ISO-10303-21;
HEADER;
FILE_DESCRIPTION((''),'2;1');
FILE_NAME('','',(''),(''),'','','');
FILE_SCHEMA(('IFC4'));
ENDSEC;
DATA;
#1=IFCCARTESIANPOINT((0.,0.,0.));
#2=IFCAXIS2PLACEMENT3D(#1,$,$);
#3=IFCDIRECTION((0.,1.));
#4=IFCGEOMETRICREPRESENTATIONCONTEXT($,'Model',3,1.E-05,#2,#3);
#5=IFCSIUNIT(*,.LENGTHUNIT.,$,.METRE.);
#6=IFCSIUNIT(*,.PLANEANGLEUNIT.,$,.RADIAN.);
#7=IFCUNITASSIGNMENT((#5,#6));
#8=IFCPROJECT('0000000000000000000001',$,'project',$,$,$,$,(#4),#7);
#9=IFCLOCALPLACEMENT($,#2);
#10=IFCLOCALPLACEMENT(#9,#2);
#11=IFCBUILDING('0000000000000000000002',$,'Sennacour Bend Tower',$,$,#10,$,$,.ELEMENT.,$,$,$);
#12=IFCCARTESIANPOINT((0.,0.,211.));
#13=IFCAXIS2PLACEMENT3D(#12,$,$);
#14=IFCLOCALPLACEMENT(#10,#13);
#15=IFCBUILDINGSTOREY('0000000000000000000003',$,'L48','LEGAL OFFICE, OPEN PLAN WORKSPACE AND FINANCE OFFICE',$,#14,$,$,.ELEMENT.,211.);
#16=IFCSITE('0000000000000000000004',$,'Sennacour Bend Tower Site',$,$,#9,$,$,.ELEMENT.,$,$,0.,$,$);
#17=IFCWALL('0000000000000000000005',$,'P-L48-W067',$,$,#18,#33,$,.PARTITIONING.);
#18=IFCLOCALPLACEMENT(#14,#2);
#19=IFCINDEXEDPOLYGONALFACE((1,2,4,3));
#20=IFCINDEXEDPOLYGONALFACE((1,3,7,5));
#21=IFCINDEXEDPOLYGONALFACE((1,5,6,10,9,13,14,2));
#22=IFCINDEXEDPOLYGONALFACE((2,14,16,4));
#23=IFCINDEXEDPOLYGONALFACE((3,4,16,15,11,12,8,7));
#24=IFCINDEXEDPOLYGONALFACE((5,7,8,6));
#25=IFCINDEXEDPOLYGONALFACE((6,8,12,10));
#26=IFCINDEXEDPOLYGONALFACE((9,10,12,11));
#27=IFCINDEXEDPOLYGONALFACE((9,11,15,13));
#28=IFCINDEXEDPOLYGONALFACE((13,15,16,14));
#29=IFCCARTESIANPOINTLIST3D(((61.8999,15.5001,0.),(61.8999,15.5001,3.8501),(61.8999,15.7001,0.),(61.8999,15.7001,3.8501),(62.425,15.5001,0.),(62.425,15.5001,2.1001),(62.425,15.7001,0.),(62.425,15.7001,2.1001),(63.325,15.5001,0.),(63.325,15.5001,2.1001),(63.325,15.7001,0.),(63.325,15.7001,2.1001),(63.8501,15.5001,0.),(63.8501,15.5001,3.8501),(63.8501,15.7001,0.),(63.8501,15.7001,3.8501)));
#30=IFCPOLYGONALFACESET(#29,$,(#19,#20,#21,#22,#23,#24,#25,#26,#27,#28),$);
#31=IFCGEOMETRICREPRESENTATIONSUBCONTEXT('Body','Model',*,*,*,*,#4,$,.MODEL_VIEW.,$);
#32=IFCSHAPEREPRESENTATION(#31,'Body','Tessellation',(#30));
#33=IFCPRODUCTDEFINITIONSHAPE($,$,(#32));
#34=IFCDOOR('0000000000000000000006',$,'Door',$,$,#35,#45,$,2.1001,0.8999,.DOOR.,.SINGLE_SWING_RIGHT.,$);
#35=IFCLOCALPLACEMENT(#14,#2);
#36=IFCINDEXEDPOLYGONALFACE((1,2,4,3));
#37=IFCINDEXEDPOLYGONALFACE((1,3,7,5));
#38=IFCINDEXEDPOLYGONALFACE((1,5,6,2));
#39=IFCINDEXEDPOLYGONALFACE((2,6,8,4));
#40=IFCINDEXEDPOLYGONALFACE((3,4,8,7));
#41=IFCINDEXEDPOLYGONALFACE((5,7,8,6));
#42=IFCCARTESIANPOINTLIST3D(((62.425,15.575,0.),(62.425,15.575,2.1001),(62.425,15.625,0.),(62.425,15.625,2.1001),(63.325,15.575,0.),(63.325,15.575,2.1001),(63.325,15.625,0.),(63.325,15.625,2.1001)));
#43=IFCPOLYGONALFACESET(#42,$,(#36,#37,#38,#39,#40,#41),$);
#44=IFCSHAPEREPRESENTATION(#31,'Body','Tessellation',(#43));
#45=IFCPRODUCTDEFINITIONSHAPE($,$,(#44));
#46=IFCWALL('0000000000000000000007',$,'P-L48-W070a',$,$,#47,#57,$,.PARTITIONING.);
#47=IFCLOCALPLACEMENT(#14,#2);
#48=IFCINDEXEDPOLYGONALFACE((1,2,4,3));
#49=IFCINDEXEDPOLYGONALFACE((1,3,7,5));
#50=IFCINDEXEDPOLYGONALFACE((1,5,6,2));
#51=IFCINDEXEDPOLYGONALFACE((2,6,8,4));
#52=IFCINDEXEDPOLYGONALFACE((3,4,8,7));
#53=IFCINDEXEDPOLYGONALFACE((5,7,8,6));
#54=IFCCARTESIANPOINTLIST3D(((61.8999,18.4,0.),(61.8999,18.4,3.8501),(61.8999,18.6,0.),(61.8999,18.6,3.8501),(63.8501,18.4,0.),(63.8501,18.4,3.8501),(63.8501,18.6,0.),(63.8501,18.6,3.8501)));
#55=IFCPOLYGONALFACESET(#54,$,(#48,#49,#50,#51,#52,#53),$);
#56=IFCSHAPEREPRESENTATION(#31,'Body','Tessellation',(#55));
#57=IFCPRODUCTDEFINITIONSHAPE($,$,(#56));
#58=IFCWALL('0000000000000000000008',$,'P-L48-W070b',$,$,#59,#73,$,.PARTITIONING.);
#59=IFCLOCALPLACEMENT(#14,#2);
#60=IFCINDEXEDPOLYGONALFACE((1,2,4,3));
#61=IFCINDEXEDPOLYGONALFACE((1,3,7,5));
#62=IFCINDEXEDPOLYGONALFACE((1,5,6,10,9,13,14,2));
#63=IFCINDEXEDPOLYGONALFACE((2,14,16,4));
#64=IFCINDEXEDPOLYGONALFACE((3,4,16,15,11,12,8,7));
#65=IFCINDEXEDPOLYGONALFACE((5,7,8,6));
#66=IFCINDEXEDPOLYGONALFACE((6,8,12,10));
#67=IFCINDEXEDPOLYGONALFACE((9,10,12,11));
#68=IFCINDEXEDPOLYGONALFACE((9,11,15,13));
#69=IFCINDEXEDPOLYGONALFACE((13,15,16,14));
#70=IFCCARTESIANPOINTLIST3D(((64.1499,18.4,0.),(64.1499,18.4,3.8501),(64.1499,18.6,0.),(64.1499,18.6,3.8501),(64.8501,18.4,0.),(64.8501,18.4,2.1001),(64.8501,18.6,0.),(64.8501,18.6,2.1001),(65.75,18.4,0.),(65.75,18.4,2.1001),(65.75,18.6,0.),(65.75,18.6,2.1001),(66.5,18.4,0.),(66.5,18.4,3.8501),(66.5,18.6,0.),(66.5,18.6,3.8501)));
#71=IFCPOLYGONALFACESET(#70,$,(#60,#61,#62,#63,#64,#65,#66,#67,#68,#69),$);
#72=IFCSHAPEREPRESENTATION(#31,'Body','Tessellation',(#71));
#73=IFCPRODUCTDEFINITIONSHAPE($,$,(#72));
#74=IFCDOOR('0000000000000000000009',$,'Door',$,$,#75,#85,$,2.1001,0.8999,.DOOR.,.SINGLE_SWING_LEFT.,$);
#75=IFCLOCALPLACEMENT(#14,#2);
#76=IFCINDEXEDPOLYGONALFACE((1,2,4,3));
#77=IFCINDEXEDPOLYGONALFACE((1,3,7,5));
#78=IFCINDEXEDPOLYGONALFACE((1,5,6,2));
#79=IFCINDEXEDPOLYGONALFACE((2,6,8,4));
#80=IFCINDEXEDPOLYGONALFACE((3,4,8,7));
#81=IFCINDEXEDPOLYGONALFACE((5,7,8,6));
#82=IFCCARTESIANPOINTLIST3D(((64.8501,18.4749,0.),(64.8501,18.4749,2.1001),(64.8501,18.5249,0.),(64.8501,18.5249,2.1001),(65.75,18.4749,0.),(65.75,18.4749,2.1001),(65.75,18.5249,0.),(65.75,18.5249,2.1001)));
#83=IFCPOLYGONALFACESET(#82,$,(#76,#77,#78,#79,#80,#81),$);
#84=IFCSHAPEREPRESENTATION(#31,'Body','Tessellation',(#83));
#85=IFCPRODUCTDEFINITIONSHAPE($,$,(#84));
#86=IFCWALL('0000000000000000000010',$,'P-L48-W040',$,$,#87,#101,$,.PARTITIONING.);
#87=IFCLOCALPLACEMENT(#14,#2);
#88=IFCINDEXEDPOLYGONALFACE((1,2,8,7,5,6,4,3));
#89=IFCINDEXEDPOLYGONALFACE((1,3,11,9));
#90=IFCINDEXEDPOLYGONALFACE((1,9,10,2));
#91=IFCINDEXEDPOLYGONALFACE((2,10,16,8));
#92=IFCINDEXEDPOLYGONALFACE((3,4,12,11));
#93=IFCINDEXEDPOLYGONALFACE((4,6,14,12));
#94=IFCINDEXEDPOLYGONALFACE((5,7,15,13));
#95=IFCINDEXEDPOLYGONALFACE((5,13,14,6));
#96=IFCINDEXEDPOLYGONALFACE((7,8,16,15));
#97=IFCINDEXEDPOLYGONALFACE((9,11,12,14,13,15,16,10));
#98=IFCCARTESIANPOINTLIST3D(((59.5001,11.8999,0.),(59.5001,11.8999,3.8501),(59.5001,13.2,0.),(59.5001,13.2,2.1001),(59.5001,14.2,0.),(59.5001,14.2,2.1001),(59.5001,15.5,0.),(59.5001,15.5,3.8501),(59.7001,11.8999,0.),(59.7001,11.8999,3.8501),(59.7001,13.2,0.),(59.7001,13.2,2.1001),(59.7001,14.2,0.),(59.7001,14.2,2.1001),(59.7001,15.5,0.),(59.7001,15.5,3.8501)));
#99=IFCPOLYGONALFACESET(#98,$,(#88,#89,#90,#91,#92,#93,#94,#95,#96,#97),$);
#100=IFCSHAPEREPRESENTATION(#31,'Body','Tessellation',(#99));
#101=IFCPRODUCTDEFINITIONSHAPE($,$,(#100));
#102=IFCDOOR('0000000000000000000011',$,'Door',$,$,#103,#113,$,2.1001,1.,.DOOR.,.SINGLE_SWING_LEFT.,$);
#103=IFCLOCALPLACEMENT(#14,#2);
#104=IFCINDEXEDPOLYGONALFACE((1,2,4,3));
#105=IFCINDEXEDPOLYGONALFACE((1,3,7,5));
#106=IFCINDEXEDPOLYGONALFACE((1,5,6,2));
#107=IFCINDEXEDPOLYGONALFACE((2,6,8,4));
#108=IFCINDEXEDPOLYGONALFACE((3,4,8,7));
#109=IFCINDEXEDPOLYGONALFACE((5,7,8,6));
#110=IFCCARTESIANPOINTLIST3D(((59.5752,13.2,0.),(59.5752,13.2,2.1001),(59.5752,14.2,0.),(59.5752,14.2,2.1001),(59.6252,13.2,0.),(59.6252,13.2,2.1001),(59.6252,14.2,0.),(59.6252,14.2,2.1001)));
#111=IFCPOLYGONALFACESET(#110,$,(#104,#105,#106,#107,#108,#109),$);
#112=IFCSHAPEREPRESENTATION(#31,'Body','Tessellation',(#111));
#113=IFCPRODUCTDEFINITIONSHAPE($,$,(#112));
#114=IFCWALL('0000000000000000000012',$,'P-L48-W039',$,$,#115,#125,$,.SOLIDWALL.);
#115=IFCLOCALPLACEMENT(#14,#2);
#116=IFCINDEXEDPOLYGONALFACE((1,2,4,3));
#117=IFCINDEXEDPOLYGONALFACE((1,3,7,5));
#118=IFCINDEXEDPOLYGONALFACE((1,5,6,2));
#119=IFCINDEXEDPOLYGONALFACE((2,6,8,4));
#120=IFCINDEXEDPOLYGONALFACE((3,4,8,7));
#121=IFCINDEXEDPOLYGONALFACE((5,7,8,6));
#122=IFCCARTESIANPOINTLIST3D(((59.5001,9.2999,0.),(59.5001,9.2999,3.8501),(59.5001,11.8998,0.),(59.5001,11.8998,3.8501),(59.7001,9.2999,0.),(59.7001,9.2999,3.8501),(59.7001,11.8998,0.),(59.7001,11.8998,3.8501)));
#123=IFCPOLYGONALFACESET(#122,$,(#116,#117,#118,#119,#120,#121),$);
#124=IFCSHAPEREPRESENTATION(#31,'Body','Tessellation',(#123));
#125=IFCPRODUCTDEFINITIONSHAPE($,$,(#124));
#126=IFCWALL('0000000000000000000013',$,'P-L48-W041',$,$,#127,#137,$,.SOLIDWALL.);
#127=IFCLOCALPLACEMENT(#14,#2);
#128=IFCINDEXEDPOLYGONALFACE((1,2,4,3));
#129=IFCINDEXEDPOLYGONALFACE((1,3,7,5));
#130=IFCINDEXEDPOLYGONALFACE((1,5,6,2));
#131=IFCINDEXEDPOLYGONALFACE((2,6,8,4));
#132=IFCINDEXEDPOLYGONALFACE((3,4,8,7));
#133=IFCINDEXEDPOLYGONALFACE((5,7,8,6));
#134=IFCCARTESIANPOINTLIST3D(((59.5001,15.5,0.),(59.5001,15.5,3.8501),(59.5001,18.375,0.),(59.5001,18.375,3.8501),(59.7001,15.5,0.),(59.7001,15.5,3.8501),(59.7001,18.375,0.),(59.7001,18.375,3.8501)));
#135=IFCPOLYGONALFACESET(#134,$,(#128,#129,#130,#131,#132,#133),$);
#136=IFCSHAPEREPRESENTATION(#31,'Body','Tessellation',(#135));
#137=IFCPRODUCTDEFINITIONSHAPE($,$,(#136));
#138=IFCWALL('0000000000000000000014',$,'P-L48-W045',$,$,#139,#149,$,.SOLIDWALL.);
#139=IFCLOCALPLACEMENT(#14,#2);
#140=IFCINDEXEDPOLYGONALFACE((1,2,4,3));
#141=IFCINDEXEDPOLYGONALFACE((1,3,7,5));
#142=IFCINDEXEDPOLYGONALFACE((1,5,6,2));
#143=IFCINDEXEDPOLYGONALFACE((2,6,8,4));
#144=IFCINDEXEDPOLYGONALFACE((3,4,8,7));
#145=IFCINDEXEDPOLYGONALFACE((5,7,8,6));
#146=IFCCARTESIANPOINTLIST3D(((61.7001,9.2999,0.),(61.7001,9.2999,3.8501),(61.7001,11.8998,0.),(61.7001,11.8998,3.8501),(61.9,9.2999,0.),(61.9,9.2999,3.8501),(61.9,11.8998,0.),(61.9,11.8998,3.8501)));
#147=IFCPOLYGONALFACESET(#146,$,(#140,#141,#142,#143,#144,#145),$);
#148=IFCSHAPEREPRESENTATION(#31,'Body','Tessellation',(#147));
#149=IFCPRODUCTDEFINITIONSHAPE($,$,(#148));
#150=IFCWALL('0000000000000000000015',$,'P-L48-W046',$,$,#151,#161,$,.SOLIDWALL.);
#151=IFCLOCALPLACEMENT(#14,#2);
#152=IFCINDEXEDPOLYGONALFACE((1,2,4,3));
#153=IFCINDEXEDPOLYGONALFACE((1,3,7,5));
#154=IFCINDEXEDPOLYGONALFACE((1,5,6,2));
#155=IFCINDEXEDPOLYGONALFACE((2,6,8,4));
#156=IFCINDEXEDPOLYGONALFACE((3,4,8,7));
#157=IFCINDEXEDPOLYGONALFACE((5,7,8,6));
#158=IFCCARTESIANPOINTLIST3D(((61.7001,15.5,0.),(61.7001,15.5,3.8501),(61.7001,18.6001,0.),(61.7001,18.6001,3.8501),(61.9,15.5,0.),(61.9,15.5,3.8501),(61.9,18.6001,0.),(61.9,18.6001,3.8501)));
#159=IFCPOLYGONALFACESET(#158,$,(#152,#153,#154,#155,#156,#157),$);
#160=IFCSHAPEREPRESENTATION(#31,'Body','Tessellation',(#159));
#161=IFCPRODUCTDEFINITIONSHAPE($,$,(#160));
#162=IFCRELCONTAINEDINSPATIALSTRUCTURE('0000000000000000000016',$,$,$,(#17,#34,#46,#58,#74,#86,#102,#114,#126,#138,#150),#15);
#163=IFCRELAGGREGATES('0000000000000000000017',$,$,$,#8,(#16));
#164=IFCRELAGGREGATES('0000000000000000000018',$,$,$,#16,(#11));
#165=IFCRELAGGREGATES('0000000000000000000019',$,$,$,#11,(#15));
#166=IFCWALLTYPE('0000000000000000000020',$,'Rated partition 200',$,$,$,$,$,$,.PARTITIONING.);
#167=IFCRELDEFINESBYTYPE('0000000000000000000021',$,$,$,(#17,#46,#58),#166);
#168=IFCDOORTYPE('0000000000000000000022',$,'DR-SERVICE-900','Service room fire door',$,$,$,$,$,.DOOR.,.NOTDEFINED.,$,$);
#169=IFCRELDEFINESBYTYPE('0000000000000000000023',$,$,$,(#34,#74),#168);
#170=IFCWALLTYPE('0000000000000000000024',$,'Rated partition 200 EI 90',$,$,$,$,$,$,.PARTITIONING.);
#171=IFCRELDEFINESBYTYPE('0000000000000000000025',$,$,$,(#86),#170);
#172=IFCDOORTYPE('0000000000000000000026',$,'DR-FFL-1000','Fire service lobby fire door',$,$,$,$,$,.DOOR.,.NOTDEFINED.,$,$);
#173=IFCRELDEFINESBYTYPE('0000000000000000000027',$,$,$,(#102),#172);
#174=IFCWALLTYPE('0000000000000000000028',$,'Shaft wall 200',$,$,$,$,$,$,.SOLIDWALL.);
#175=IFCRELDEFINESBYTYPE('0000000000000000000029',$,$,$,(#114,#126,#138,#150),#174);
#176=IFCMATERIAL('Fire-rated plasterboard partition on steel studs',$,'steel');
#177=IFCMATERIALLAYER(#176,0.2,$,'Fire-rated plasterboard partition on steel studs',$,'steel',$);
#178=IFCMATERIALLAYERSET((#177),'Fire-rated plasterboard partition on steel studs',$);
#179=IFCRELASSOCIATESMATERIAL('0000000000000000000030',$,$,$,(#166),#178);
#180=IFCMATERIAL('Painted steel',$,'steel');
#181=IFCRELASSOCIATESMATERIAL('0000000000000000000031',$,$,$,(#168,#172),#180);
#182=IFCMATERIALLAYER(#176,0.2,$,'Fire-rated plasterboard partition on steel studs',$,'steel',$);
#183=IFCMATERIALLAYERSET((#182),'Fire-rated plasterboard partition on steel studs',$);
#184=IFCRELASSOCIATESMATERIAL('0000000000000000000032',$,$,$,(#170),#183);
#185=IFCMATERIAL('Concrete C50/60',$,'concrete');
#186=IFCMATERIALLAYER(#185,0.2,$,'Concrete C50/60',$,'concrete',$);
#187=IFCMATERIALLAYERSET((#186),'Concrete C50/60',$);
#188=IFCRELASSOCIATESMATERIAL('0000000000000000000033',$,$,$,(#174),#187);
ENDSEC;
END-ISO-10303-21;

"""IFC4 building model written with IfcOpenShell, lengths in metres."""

from ifc_helpers import new_model, si_unit, direction, frame, frame_2d, origin, place, context, subcontext, project, spatial, rectangle, extrude, material, layer, layer_set, type_object, element, fill, save


model = new_model("IFC4")

# Units and contexts
model_context = context("Model", 3, precision=1e-05, world=origin(), true_north=direction((0.0, 1.0)))
body_context = subcontext(model_context, "Body", "Model", "MODEL_VIEW")
ifc_project = project(units=[si_unit("LENGTHUNIT", "METRE"), si_unit("PLANEANGLEUNIT", "RADIAN")], contexts=[model_context])

# Site, building, storey
site_placement = place(None, origin())
site = spatial("IfcSite", under=ifc_project, at=site_placement, Name="Sennacour Bend Tower Site", CompositionType="ELEMENT", RefElevation=0.0)
building_placement = place(site_placement, origin())
building = spatial("IfcBuilding", under=site, at=building_placement, Name="Sennacour Bend Tower", CompositionType="ELEMENT")
storey_placement = place(building_placement, frame((0.0, 0.0, 211.0)))
storey = spatial("IfcBuildingStorey", under=building, at=storey_placement, Name="L48", Description="LEGAL OFFICE, OPEN PLAN WORKSPACE AND FINANCE OFFICE", CompositionType="ELEMENT", Elevation=211.0)

# Wall, opening, door
ifc_material_1 = material(Name="Fire-rated plasterboard partition on steel studs", Category="steel")
ifc_layer_1 = layer(ifc_material_1, 0.2, Name="Fire-rated plasterboard partition on steel studs", Category="steel")
ifc_layer_set_1 = layer_set([ifc_layer_1], Name="Fire-rated plasterboard partition on steel studs")
wall_type_1 = type_object("IfcWallType", Name="Rated partition 200", PredefinedType="PARTITIONING", material=ifc_layer_set_1)
wall_1_placement = place(storey_placement, frame((61.8999, 15.6001, 0.0), z_axis=(0.0, 0.0, 1.0), x_axis=(1.0, 0.0, 0.0)))
wall_1 = element("IfcWall", 1, at=wall_1_placement, inside=storey, type_object=wall_type_1, Name="P-L48-W067", PredefinedType="PARTITIONING", context=body_context, shape_type="SweptSolid", body=[
    extrude(rectangle(XDim=1.9502, YDim=0.2, at=frame_2d((0.9751, 0.0))), origin(), (0.0, 0.0, 1.0), 3.8501),
])
opening_1_placement = place(wall_1_placement, frame((0.5251, 0.0, 0.0)))
opening_1 = element("IfcOpeningElement", 2, at=opening_1_placement, cuts=wall_1, PredefinedType="OPENING", context=body_context, shape_type="SweptSolid", body=[
    extrude(rectangle(XDim=0.8999, YDim=2.1001, at=frame_2d((0.45, 1.05))), frame((0.0, 0.1099, 0.0), z_axis=(0.0, -1.0, 0.0), x_axis=(1.0, 0.0, 0.0)), (0.0, 0.0, 1.0), 0.22),
])
ifc_material_2 = material(Name="Painted steel", Category="steel")
door_type_1 = type_object("IfcDoorType", Name="DR-SERVICE-900", Description="Service room fire door", OperationType="NOTDEFINED", PredefinedType="DOOR", material=ifc_material_2)
door_1_placement = place(opening_1_placement, origin())
door_1 = element("IfcDoor", 3, at=door_1_placement, inside=storey, type_object=door_type_1, Name="Door", OperationType="SINGLE_SWING_RIGHT", OverallHeight=2.1001, OverallWidth=0.8999, PredefinedType="DOOR", context=body_context, shape_type="SweptSolid", body=[
    extrude(rectangle(XDim=0.8999, YDim=2.1001, at=frame_2d((0.45, 1.05))), frame((0.0, 0.0249, 0.0), z_axis=(0.0, -1.0, 0.0), x_axis=(1.0, 0.0, 0.0)), (0.0, 0.0, 1.0), 0.05),
])
fill(opening_1, door_1)

# Wall
wall_2_placement = place(storey_placement, frame((61.8999, 18.5, 0.0), z_axis=(0.0, 0.0, 1.0), x_axis=(1.0, 0.0, 0.0)))
element("IfcWall", 4, at=wall_2_placement, inside=storey, type_object=wall_type_1, Name="P-L48-W070a", PredefinedType="PARTITIONING", context=body_context, shape_type="SweptSolid", body=[
    extrude(rectangle(XDim=1.9502, YDim=0.2, at=frame_2d((0.9751, 0.0))), origin(), (0.0, 0.0, 1.0), 3.8501),
])

# Walls, openings, doors
wall_3_placement = place(storey_placement, frame((64.1499, 18.5, 0.0), z_axis=(0.0, 0.0, 1.0), x_axis=(1.0, 0.0, 0.0)))
wall_3 = element("IfcWall", 5, at=wall_3_placement, inside=storey, type_object=wall_type_1, Name="P-L48-W070b", PredefinedType="PARTITIONING", context=body_context, shape_type="SweptSolid", body=[
    extrude(rectangle(XDim=2.3501, YDim=0.2, at=frame_2d((1.175, 0.0))), origin(), (0.0, 0.0, 1.0), 3.8501),
])
opening_2_placement = place(wall_3_placement, frame((0.7002, 0.0, 0.0)))
opening_2 = element("IfcOpeningElement", 6, at=opening_2_placement, cuts=wall_3, PredefinedType="OPENING", context=body_context, shape_type="SweptSolid", body=[
    extrude(rectangle(XDim=0.8999, YDim=2.1001, at=frame_2d((0.45, 1.05))), frame((0.0, 0.1099, 0.0), z_axis=(0.0, -1.0, 0.0), x_axis=(1.0, 0.0, 0.0)), (0.0, 0.0, 1.0), 0.22),
])
door_2_placement = place(opening_2_placement, origin())
door_2 = element("IfcDoor", 7, at=door_2_placement, inside=storey, type_object=door_type_1, Name="Door", OperationType="SINGLE_SWING_LEFT", OverallHeight=2.1001, OverallWidth=0.8999, PredefinedType="DOOR", context=body_context, shape_type="SweptSolid", body=[
    extrude(rectangle(XDim=0.8999, YDim=2.1001, at=frame_2d((0.45, 1.05))), frame((0.0, 0.0249, 0.0), z_axis=(0.0, -1.0, 0.0), x_axis=(1.0, 0.0, 0.0)), (0.0, 0.0, 1.0), 0.05),
])
fill(opening_2, door_2)
ifc_layer_2 = layer(ifc_material_1, 0.2, Name="Fire-rated plasterboard partition on steel studs", Category="steel")
ifc_layer_set_2 = layer_set([ifc_layer_2], Name="Fire-rated plasterboard partition on steel studs")
wall_type_2 = type_object("IfcWallType", Name="Rated partition 200 EI 90", PredefinedType="PARTITIONING", material=ifc_layer_set_2)
wall_4_placement = place(storey_placement, frame((59.6001, 11.8999, 0.0), z_axis=(0.0, 0.0, 1.0), x_axis=(0.0, 1.0, 0.0)))
wall_4 = element("IfcWall", 8, at=wall_4_placement, inside=storey, type_object=wall_type_2, Name="P-L48-W040", PredefinedType="PARTITIONING", context=body_context, shape_type="SweptSolid", body=[
    extrude(rectangle(XDim=3.6001, YDim=0.2, at=frame_2d((1.8, 0.0))), origin(), (0.0, 0.0, 1.0), 3.8501),
])
opening_3_placement = place(wall_4_placement, frame((1.3, 0.0, 0.0)))
opening_3 = element("IfcOpeningElement", 9, at=opening_3_placement, cuts=wall_4, PredefinedType="OPENING", context=body_context, shape_type="SweptSolid", body=[
    extrude(rectangle(XDim=1.0, YDim=2.1001, at=frame_2d((0.5, 1.05))), frame((0.0, 0.1099, 0.0), z_axis=(0.0, -1.0, 0.0), x_axis=(1.0, 0.0, 0.0)), (0.0, 0.0, 1.0), 0.22),
])
door_type_2 = type_object("IfcDoorType", Name="DR-FFL-1000", Description="Fire service lobby fire door", OperationType="NOTDEFINED", PredefinedType="DOOR", material=ifc_material_2)
door_3_placement = place(opening_3_placement, origin())
door_3 = element("IfcDoor", 10, at=door_3_placement, inside=storey, type_object=door_type_2, Name="Door", OperationType="SINGLE_SWING_LEFT", OverallHeight=2.1001, OverallWidth=1.0, PredefinedType="DOOR", context=body_context, shape_type="SweptSolid", body=[
    extrude(rectangle(XDim=1.0, YDim=2.1001, at=frame_2d((0.5, 1.05))), frame((0.0, 0.0249, 0.0), z_axis=(0.0, -1.0, 0.0), x_axis=(1.0, 0.0, 0.0)), (0.0, 0.0, 1.0), 0.05),
])
fill(opening_3, door_3)

# Walls
ifc_material_3 = material(Name="Concrete C50/60", Category="concrete")
ifc_layer_3 = layer(ifc_material_3, 0.2, Name="Concrete C50/60", Category="concrete")
ifc_layer_set_3 = layer_set([ifc_layer_3], Name="Concrete C50/60")
wall_type_3 = type_object("IfcWallType", Name="Shaft wall 200", PredefinedType="SOLIDWALL", material=ifc_layer_set_3)
wall_5_placement = place(storey_placement, frame((59.6001, 9.3, 0.0), z_axis=(0.0, 0.0, 1.0), x_axis=(0.0, 1.0, 0.0)))
element("IfcWall", 11, at=wall_5_placement, inside=storey, type_object=wall_type_3, Name="P-L48-W039", PredefinedType="SOLIDWALL", context=body_context, shape_type="SweptSolid", body=[
    extrude(rectangle(XDim=2.5999, YDim=0.2, at=frame_2d((1.2998, 0.0))), origin(), (0.0, 0.0, 1.0), 3.8501),
])
wall_6_placement = place(storey_placement, frame((59.6001, 15.5, 0.0), z_axis=(0.0, 0.0, 1.0), x_axis=(0.0, 1.0, 0.0)))
element("IfcWall", 12, at=wall_6_placement, inside=storey, type_object=wall_type_3, Name="P-L48-W041", PredefinedType="SOLIDWALL", context=body_context, shape_type="SweptSolid", body=[
    extrude(rectangle(XDim=2.875, YDim=0.2, at=frame_2d((1.4375, 0.0))), origin(), (0.0, 0.0, 1.0), 3.8501),
])
wall_7_placement = place(storey_placement, frame((61.8, 9.3, 0.0), z_axis=(0.0, 0.0, 1.0), x_axis=(0.0, 1.0, 0.0)))
element("IfcWall", 13, at=wall_7_placement, inside=storey, type_object=wall_type_3, Name="P-L48-W045", PredefinedType="SOLIDWALL", context=body_context, shape_type="SweptSolid", body=[
    extrude(rectangle(XDim=2.5999, YDim=0.2, at=frame_2d((1.2998, 0.0))), origin(), (0.0, 0.0, 1.0), 3.8501),
])
wall_8_placement = place(storey_placement, frame((61.8, 15.5, 0.0), z_axis=(0.0, 0.0, 1.0), x_axis=(0.0, 1.0, 0.0)))
element("IfcWall", 14, at=wall_8_placement, inside=storey, type_object=wall_type_3, Name="P-L48-W046", PredefinedType="SOLIDWALL", context=body_context, shape_type="SweptSolid", body=[
    extrude(rectangle(XDim=3.1001, YDim=0.2, at=frame_2d((1.55, 0.0))), origin(), (0.0, 0.0, 1.0), 3.8501),
])

save(model, "model.ifc")
